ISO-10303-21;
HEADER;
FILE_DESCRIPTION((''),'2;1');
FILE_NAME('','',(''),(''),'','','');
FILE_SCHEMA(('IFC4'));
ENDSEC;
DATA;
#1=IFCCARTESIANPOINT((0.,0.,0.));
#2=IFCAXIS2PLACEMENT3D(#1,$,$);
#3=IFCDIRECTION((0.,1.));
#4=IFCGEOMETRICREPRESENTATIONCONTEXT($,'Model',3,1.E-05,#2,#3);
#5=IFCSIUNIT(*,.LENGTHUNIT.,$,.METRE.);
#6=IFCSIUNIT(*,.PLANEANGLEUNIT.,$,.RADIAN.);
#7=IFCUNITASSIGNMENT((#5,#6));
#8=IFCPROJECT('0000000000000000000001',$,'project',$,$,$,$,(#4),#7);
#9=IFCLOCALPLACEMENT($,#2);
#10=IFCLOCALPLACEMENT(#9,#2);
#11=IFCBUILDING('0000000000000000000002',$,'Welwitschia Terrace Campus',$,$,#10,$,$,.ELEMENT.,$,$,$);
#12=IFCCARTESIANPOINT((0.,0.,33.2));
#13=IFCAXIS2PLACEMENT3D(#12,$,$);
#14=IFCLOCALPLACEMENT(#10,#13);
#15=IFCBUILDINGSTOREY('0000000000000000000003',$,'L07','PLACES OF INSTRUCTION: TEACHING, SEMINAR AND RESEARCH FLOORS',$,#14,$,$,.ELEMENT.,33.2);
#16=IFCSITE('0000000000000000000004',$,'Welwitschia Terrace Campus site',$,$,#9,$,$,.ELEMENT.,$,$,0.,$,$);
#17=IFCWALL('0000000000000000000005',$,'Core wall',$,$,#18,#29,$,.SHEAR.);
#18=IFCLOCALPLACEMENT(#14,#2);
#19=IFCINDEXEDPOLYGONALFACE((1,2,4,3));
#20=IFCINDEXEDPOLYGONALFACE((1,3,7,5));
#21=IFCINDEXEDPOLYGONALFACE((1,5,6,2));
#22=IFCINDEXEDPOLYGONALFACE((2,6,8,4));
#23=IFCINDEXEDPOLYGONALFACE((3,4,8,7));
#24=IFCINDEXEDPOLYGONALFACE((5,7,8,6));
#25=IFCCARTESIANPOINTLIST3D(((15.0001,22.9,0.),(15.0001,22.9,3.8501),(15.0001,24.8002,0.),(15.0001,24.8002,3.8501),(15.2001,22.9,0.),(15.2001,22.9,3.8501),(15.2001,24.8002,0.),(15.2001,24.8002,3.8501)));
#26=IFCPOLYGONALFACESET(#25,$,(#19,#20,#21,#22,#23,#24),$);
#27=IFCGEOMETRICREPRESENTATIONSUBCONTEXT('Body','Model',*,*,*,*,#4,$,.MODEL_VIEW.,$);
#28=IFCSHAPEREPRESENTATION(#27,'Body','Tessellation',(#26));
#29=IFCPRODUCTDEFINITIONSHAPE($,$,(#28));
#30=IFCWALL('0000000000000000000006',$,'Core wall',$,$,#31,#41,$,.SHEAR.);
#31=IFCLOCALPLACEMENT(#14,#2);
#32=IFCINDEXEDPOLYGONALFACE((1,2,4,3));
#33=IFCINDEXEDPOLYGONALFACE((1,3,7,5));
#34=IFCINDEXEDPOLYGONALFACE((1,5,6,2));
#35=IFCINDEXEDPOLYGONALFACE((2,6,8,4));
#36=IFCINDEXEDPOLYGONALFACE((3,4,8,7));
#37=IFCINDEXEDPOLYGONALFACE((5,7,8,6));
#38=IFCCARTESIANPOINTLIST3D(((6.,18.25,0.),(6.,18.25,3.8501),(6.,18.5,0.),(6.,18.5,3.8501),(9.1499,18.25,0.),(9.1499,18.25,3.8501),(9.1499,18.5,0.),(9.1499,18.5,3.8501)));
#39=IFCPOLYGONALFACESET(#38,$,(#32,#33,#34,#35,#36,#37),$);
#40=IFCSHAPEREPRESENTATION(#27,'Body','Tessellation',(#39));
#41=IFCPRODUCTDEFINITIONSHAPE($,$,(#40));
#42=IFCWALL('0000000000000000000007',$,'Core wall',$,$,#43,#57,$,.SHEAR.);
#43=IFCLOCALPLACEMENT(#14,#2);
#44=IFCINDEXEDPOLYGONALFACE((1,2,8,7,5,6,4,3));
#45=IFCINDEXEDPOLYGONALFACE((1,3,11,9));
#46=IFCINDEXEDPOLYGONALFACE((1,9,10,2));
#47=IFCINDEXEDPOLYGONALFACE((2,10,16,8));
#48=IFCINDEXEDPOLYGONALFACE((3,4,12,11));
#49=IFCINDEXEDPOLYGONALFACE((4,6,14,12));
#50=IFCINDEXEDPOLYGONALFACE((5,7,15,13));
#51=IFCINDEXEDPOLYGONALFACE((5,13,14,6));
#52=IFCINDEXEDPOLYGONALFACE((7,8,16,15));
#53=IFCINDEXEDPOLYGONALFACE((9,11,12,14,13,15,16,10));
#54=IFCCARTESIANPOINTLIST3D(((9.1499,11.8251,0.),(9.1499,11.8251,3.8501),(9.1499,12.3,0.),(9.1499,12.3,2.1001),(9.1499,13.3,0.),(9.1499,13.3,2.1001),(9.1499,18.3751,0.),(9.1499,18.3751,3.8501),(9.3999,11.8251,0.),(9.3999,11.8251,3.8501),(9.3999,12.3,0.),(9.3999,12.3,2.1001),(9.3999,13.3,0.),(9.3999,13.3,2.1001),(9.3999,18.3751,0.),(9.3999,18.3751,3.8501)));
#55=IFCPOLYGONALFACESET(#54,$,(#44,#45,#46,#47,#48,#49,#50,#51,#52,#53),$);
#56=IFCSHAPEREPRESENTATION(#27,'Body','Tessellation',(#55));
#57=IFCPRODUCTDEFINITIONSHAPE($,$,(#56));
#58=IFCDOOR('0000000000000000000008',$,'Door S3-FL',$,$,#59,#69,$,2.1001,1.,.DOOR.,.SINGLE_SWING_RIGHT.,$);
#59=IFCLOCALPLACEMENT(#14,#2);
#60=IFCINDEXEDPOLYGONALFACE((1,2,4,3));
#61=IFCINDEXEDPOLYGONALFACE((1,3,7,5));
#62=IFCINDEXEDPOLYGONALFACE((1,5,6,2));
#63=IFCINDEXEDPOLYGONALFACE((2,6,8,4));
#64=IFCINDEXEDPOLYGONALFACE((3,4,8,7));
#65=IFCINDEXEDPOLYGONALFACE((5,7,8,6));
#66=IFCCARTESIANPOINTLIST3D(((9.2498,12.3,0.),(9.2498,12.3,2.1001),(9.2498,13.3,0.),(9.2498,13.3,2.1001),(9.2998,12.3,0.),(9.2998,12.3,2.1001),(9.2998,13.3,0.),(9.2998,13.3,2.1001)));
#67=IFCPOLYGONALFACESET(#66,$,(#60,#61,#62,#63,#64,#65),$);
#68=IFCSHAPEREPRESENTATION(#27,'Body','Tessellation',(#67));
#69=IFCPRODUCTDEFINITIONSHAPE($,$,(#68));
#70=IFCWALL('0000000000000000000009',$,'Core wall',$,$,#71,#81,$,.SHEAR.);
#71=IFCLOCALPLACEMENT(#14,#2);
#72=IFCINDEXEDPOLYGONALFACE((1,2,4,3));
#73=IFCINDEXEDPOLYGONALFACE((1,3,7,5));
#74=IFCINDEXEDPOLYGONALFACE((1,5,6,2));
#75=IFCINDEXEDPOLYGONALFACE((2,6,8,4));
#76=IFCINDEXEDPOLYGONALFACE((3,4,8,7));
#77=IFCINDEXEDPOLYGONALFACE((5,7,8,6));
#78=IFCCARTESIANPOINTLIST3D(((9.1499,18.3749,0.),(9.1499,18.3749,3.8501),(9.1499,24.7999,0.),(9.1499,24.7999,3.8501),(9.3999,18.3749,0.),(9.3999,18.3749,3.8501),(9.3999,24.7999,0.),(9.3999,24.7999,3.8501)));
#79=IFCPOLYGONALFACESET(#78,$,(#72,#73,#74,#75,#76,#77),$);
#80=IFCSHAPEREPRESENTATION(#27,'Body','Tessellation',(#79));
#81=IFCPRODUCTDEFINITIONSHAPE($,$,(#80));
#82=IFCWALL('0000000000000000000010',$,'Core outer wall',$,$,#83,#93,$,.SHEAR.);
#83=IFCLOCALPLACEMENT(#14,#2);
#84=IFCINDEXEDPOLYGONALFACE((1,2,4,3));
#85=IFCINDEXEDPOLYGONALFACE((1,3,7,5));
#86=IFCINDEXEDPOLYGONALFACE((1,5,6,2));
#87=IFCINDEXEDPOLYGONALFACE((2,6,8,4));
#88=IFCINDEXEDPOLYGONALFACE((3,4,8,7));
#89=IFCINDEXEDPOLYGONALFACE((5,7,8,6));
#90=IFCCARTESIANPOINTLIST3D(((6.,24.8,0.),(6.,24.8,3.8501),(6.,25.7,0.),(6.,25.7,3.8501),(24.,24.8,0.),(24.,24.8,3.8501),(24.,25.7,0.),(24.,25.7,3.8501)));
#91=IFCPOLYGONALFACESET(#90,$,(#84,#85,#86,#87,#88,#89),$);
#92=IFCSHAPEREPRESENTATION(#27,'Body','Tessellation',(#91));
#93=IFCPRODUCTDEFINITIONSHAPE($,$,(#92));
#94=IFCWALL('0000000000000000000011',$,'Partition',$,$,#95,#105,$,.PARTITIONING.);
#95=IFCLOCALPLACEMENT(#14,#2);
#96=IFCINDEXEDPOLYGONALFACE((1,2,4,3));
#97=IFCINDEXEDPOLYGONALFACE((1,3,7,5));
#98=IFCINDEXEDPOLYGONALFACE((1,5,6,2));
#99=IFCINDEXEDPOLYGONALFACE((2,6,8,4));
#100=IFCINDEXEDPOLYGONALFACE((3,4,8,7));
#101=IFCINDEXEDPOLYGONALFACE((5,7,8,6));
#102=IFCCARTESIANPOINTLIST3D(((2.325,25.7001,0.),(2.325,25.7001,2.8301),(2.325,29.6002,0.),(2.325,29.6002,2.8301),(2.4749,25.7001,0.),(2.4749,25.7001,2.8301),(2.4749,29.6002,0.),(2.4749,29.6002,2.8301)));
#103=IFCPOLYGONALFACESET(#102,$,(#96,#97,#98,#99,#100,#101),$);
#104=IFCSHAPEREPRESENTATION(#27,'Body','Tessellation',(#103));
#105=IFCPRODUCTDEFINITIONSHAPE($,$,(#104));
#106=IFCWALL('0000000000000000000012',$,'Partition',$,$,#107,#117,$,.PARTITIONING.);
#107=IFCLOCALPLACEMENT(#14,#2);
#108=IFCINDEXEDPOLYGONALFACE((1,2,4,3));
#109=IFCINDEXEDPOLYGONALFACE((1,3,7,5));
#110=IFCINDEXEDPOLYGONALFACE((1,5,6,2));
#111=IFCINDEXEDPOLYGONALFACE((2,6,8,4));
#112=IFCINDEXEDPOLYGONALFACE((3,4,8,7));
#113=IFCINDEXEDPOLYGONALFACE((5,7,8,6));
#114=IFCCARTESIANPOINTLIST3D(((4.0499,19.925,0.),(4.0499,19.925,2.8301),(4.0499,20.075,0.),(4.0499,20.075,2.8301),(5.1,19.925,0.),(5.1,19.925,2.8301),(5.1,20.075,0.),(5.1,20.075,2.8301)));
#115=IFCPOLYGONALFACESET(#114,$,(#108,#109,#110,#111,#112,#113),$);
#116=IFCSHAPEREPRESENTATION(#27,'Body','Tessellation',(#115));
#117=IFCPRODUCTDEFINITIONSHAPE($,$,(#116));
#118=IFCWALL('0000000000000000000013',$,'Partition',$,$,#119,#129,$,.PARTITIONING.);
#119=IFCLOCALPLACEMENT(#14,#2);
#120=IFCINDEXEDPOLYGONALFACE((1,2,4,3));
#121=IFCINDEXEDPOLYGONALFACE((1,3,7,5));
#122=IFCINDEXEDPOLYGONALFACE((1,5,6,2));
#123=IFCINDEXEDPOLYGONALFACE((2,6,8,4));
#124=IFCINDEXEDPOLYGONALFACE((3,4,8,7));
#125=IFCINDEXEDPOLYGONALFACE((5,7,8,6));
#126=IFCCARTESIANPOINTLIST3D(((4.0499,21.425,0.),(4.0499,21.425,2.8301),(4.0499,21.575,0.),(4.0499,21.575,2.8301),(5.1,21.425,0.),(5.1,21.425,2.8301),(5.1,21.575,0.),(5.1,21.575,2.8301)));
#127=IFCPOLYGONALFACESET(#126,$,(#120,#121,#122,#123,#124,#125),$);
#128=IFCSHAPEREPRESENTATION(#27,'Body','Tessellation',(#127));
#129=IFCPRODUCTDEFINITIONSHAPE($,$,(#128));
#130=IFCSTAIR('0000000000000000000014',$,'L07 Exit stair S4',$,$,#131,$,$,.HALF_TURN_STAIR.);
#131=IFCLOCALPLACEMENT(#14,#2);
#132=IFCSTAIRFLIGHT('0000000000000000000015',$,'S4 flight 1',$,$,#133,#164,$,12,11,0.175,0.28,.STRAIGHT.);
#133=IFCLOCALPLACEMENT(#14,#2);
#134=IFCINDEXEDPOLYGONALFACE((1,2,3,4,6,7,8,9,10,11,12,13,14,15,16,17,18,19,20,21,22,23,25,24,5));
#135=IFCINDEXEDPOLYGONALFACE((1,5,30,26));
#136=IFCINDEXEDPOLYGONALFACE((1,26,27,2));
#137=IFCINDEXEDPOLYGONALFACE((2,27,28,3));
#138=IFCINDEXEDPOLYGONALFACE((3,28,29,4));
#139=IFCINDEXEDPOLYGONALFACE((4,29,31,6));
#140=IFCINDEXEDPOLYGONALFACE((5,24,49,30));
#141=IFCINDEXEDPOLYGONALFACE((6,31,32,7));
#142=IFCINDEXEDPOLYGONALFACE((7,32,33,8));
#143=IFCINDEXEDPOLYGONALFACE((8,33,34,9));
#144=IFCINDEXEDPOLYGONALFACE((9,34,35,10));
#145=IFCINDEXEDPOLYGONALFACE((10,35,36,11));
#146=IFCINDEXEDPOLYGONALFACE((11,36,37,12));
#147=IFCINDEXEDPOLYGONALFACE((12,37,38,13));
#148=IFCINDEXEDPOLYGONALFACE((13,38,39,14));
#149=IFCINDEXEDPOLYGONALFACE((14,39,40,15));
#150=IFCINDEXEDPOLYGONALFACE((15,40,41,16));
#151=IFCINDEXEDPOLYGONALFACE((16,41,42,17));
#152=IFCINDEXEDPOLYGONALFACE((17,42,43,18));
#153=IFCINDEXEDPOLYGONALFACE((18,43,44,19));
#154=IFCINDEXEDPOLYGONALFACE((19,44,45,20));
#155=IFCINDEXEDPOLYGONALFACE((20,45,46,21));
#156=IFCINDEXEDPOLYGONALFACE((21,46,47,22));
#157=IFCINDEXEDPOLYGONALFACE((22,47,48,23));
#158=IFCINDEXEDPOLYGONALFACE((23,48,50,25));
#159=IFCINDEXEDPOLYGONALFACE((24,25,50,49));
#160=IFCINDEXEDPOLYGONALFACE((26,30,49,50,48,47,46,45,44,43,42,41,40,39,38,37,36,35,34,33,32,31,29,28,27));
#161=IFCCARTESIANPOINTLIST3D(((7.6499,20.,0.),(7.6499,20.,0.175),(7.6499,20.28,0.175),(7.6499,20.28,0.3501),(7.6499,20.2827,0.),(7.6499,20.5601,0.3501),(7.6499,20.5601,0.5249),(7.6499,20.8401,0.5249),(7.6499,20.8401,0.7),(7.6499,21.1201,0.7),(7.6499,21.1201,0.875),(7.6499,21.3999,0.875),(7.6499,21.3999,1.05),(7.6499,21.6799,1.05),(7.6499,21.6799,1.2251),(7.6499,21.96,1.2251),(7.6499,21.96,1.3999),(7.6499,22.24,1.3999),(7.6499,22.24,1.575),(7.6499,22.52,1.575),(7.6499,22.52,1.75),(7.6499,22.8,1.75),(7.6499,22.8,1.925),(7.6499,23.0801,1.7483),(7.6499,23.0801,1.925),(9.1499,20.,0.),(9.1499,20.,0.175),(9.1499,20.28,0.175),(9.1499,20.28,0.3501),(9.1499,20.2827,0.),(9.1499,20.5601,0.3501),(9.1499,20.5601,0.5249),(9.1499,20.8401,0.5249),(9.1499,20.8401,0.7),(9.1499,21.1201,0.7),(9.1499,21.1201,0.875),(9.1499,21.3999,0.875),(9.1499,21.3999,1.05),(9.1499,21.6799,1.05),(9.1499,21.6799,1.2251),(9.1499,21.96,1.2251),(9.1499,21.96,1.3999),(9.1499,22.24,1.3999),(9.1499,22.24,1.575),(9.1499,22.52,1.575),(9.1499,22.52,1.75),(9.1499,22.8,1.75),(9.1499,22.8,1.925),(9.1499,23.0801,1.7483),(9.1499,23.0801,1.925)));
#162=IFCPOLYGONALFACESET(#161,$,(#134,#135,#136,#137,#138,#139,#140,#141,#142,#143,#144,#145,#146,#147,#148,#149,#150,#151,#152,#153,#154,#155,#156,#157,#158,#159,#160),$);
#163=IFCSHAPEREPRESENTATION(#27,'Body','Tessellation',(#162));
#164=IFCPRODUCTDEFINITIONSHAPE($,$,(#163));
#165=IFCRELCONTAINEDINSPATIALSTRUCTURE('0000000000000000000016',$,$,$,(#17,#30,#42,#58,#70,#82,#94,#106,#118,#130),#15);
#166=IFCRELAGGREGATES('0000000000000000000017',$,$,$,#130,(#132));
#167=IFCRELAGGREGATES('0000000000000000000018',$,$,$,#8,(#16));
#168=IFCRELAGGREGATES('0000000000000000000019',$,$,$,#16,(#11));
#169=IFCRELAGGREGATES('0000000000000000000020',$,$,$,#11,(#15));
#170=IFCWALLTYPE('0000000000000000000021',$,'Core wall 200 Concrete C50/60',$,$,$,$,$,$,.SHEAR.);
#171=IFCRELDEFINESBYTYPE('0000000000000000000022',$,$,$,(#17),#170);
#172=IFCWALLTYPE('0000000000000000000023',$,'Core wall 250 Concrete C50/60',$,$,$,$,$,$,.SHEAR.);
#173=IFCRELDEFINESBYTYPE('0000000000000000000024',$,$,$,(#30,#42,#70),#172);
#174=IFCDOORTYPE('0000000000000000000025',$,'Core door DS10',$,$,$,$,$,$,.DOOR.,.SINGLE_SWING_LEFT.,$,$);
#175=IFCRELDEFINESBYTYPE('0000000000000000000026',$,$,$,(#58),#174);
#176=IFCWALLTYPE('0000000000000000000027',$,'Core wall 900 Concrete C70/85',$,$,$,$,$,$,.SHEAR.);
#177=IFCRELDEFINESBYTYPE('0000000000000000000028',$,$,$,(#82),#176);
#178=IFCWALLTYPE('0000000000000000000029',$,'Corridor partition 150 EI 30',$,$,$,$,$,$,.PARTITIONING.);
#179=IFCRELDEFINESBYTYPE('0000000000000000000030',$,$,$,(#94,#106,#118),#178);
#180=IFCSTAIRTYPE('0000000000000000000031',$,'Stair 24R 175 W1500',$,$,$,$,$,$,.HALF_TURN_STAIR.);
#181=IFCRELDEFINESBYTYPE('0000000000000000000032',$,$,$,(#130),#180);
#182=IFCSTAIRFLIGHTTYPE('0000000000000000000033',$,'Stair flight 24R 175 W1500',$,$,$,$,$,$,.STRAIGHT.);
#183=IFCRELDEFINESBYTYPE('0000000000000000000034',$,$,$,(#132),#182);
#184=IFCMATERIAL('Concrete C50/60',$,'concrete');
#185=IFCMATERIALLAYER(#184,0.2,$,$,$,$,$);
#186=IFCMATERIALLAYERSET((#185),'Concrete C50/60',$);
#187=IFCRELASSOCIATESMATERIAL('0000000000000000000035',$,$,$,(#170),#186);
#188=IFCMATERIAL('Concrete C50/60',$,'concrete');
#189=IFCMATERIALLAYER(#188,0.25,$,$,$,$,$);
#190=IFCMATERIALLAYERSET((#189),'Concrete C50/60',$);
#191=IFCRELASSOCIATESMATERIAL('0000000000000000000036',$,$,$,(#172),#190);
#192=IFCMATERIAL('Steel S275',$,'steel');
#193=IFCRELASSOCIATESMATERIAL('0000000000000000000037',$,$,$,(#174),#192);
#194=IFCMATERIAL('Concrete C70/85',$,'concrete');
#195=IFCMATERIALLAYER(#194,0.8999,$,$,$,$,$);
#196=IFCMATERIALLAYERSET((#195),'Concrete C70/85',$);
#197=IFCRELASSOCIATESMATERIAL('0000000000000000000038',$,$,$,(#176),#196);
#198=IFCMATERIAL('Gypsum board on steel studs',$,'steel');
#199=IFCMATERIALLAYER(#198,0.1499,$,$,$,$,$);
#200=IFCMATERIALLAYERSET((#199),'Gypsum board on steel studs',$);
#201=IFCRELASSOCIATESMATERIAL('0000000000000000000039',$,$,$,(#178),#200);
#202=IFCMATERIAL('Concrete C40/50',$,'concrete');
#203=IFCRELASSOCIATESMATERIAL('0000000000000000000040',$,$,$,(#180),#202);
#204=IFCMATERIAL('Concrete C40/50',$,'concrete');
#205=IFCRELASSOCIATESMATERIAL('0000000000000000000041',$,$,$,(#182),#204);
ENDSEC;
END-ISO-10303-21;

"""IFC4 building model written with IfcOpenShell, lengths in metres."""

from ifc_helpers import new_model, si_unit, direction, frame, frame_2d, origin, place, context, subcontext, project, spatial, polyline, rectangle, outline, extrude, material, layer, layer_set, type_object, element, fill, aggregate, save


model = new_model("IFC4")

# Units and contexts
model_context = context("Model", 3, precision=1e-05, world=origin(), true_north=direction((0.0, 1.0)))
body_context = subcontext(model_context, "Body", "Model", "MODEL_VIEW")
ifc_project = project(units=[si_unit("LENGTHUNIT", "METRE"), si_unit("PLANEANGLEUNIT", "RADIAN")], contexts=[model_context])

# Site, building, storey
site_placement = place(None, origin())
site = spatial("IfcSite", under=ifc_project, at=site_placement, Name="Welwitschia Terrace Campus site", CompositionType="ELEMENT", RefElevation=0.0)
building_placement = place(site_placement, origin())
building = spatial("IfcBuilding", under=site, at=building_placement, Name="Welwitschia Terrace Campus", CompositionType="ELEMENT")
storey_placement = place(building_placement, frame((0.0, 0.0, 33.2)))
storey = spatial("IfcBuildingStorey", under=building, at=storey_placement, Name="L07", Description="PLACES OF INSTRUCTION: TEACHING, SEMINAR AND RESEARCH FLOORS", CompositionType="ELEMENT", Elevation=33.2)

# Walls
ifc_material_1 = material(Name="Concrete C50/60", Category="concrete")
ifc_layer_1 = layer(ifc_material_1, 0.2)
ifc_layer_set_1 = layer_set([ifc_layer_1], Name="Concrete C50/60")
wall_type_1 = type_object("IfcWallType", Name="Core wall 200 Concrete C50/60", PredefinedType="SHEAR", material=ifc_layer_set_1)
wall_1_placement = place(storey_placement, frame((15.1001, 22.8999, 0.0), z_axis=(0.0, 0.0, 1.0), x_axis=(0.0, 1.0, 0.0)))
element("IfcWall", 1, at=wall_1_placement, inside=storey, type_object=wall_type_1, Name="Core wall", PredefinedType="SHEAR", context=body_context, shape_type="SweptSolid", body=[
    extrude(rectangle(XDim=1.9001, YDim=0.2, at=frame_2d((0.9502, 0.0))), origin(), (0.0, 0.0, 1.0), 3.8501),
])
ifc_material_2 = material(Name="Concrete C50/60", Category="concrete")
ifc_layer_2 = layer(ifc_material_2, 0.25)
ifc_layer_set_2 = layer_set([ifc_layer_2], Name="Concrete C50/60")
wall_type_2 = type_object("IfcWallType", Name="Core wall 250 Concrete C50/60", PredefinedType="SHEAR", material=ifc_layer_set_2)
wall_2_placement = place(storey_placement, frame((6.0, 18.375, 0.0), z_axis=(0.0, 0.0, 1.0), x_axis=(1.0, 0.0, 0.0)))
element("IfcWall", 2, at=wall_2_placement, inside=storey, type_object=wall_type_2, Name="Core wall", PredefinedType="SHEAR", context=body_context, shape_type="SweptSolid", body=[
    extrude(rectangle(XDim=3.1499, YDim=0.25, at=frame_2d((1.575, 0.0))), origin(), (0.0, 0.0, 1.0), 3.8501),
])

# Wall, opening, door
wall_3_placement = place(storey_placement, frame((9.2749, 18.375, 0.0), z_axis=(0.0, 0.0, 1.0), x_axis=(0.0, -1.0, 0.0)))
wall_3 = element("IfcWall", 3, at=wall_3_placement, inside=storey, type_object=wall_type_2, Name="Core wall", PredefinedType="SHEAR", context=body_context, shape_type="SweptSolid", body=[
    extrude(rectangle(XDim=6.55, YDim=0.25, at=frame_2d((3.2749, 0.0))), origin(), (0.0, 0.0, 1.0), 3.8501),
])
opening_placement = place(wall_3_placement, frame((5.075, 0.0, 0.0)))
opening = element("IfcOpeningElement", 4, at=opening_placement, cuts=wall_3, PredefinedType="OPENING", context=body_context, shape_type="SweptSolid", body=[
    extrude(rectangle(XDim=1.0, YDim=2.1001, at=frame_2d((0.5, 1.05))), frame((0.0, 0.135, 0.0), z_axis=(0.0, -1.0, 0.0), x_axis=(1.0, 0.0, 0.0)), (0.0, 0.0, 1.0), 0.27),
])
ifc_material_3 = material(Name="Steel S275", Category="steel")
door_type = type_object("IfcDoorType", Name="Core door DS10", OperationType="SINGLE_SWING_LEFT", PredefinedType="DOOR", material=ifc_material_3)
door_placement = place(opening_placement, origin())
door = element("IfcDoor", 5, at=door_placement, inside=storey, type_object=door_type, Name="Door S3-FL", OperationType="SINGLE_SWING_RIGHT", OverallHeight=2.1001, OverallWidth=1.0, PredefinedType="DOOR", context=body_context, shape_type="SweptSolid", body=[
    extrude(rectangle(XDim=1.0, YDim=2.1001, at=frame_2d((0.5, 1.05))), frame((0.0, 0.0249, 0.0), z_axis=(0.0, -1.0, 0.0), x_axis=(1.0, 0.0, 0.0)), (0.0, 0.0, 1.0), 0.05),
])
fill(opening, door)

# Walls
wall_4_placement = place(storey_placement, frame((9.2749, 18.375, 0.0), z_axis=(0.0, 0.0, 1.0), x_axis=(0.0, 1.0, 0.0)))
element("IfcWall", 6, at=wall_4_placement, inside=storey, type_object=wall_type_2, Name="Core wall", PredefinedType="SHEAR", context=body_context, shape_type="SweptSolid", body=[
    extrude(rectangle(XDim=6.425, YDim=0.25, at=frame_2d((3.2124, 0.0))), origin(), (0.0, 0.0, 1.0), 3.8501),
])
ifc_material_4 = material(Name="Concrete C70/85", Category="concrete")
ifc_layer_3 = layer(ifc_material_4, 0.8999)
ifc_layer_set_3 = layer_set([ifc_layer_3], Name="Concrete C70/85")
wall_type_3 = type_object("IfcWallType", Name="Core wall 900 Concrete C70/85", PredefinedType="SHEAR", material=ifc_layer_set_3)
wall_5_placement = place(storey_placement, frame((6.0, 25.25, 0.0), z_axis=(0.0, 0.0, 1.0), x_axis=(1.0, 0.0, 0.0)))
element("IfcWall", 7, at=wall_5_placement, inside=storey, type_object=wall_type_3, Name="Core outer wall", PredefinedType="SHEAR", context=body_context, shape_type="SweptSolid", body=[
    extrude(rectangle(XDim=18.0, YDim=0.8999, at=frame_2d((9.0, 0.0))), origin(), (0.0, 0.0, 1.0), 3.8501),
])
ifc_material_5 = material(Name="Gypsum board on steel studs", Category="steel")
ifc_layer_4 = layer(ifc_material_5, 0.1499)
ifc_layer_set_4 = layer_set([ifc_layer_4], Name="Gypsum board on steel studs")
wall_type_4 = type_object("IfcWallType", Name="Corridor partition 150 EI 30", PredefinedType="PARTITIONING", material=ifc_layer_set_4)
wall_6_placement = place(storey_placement, frame((2.3999, 25.7, 0.0), z_axis=(0.0, 0.0, 1.0), x_axis=(0.0, 1.0, 0.0)))
element("IfcWall", 8, at=wall_6_placement, inside=storey, type_object=wall_type_4, Name="Partition", PredefinedType="PARTITIONING", context=body_context, shape_type="SweptSolid", body=[
    extrude(rectangle(XDim=3.9001, YDim=0.1499, at=frame_2d((1.9502, 0.0))), origin(), (0.0, 0.0, 1.0), 2.8301),
])
for number, where, z_axis, x_axis, name in (
    (9, (4.05, 20.0, 0.0), (0.0, 0.0, 1.0), (1.0, 0.0, 0.0), "Partition"),
    (10, (4.05, 21.5, 0.0), (0.0, 0.0, 1.0), (1.0, 0.0, 0.0), "Partition"),
):
    element("IfcWall", number, at=place(storey_placement, frame(where, z_axis=z_axis, x_axis=x_axis)), inside=storey, type_object=wall_type_4, Name=name, PredefinedType="PARTITIONING", context=body_context, shape_type="SweptSolid", body=[
        extrude(rectangle(XDim=1.05, YDim=0.1499, at=frame_2d((0.5249, 0.0))), origin(), (0.0, 0.0, 1.0), 2.8301),
    ])

# Stair, stair flight
ifc_material_6 = material(Name="Concrete C40/50", Category="concrete")
stair_type = type_object("IfcStairType", Name="Stair 24R 175 W1500", PredefinedType="HALF_TURN_STAIR", material=ifc_material_6)
stair_placement = place(storey_placement, origin())
stair = element("IfcStair", 11, at=stair_placement, inside=storey, type_object=stair_type, Name="L07 Exit stair S4", PredefinedType="HALF_TURN_STAIR")
ifc_material_7 = material(Name="Concrete C40/50", Category="concrete")
stair_flight_type = type_object("IfcStairFlightType", Name="Stair flight 24R 175 W1500", PredefinedType="STRAIGHT", material=ifc_material_7)
stair_flight_1_placement = place(storey_placement, frame((8.3999, 20.0, 0.0), z_axis=(0.0, 0.0, 1.0), x_axis=(0.0, 1.0, 0.0)))
stair_flight_1 = element("IfcStairFlight", 12, at=stair_flight_1_placement, type_object=stair_flight_type, Name="S4 flight 1", NumberOfRisers=12, NumberOfTreads=11, PredefinedType="STRAIGHT", RiserHeight=0.175, TreadLength=0.28, context=body_context, shape_type="SweptSolid", body=[
    extrude(outline(polyline([(0.0, 0.0), (0.0, 0.175), (0.28, 0.175), (0.28, 0.3501), (0.5601, 0.3501), (0.5601, 0.5249), (0.8401, 0.5249), (0.8401, 0.7), (1.1201, 0.7), (1.1201, 0.875), (1.3999, 0.875), (1.3999, 1.05), (1.6799, 1.05), (1.6799, 1.2251), (1.96, 1.2251), (1.96, 1.3999), (2.24, 1.3999), (2.24, 1.575), (2.52, 1.575), (2.52, 1.75), (2.8, 1.75), (2.8, 1.925), (3.0801, 1.925), (3.0801, 2.1001), (3.0801, 1.7483), (0.2827, 0.0), (0.0, 0.0)])), frame((0.0, 0.75, 0.0), z_axis=(0.0, -1.0, 0.0), x_axis=(1.0, 0.0, 0.0)), (0.0, 0.0, 1.0), 1.5),
])
aggregate(stair, [stair_flight_1])

save(model, "model.ifc")
